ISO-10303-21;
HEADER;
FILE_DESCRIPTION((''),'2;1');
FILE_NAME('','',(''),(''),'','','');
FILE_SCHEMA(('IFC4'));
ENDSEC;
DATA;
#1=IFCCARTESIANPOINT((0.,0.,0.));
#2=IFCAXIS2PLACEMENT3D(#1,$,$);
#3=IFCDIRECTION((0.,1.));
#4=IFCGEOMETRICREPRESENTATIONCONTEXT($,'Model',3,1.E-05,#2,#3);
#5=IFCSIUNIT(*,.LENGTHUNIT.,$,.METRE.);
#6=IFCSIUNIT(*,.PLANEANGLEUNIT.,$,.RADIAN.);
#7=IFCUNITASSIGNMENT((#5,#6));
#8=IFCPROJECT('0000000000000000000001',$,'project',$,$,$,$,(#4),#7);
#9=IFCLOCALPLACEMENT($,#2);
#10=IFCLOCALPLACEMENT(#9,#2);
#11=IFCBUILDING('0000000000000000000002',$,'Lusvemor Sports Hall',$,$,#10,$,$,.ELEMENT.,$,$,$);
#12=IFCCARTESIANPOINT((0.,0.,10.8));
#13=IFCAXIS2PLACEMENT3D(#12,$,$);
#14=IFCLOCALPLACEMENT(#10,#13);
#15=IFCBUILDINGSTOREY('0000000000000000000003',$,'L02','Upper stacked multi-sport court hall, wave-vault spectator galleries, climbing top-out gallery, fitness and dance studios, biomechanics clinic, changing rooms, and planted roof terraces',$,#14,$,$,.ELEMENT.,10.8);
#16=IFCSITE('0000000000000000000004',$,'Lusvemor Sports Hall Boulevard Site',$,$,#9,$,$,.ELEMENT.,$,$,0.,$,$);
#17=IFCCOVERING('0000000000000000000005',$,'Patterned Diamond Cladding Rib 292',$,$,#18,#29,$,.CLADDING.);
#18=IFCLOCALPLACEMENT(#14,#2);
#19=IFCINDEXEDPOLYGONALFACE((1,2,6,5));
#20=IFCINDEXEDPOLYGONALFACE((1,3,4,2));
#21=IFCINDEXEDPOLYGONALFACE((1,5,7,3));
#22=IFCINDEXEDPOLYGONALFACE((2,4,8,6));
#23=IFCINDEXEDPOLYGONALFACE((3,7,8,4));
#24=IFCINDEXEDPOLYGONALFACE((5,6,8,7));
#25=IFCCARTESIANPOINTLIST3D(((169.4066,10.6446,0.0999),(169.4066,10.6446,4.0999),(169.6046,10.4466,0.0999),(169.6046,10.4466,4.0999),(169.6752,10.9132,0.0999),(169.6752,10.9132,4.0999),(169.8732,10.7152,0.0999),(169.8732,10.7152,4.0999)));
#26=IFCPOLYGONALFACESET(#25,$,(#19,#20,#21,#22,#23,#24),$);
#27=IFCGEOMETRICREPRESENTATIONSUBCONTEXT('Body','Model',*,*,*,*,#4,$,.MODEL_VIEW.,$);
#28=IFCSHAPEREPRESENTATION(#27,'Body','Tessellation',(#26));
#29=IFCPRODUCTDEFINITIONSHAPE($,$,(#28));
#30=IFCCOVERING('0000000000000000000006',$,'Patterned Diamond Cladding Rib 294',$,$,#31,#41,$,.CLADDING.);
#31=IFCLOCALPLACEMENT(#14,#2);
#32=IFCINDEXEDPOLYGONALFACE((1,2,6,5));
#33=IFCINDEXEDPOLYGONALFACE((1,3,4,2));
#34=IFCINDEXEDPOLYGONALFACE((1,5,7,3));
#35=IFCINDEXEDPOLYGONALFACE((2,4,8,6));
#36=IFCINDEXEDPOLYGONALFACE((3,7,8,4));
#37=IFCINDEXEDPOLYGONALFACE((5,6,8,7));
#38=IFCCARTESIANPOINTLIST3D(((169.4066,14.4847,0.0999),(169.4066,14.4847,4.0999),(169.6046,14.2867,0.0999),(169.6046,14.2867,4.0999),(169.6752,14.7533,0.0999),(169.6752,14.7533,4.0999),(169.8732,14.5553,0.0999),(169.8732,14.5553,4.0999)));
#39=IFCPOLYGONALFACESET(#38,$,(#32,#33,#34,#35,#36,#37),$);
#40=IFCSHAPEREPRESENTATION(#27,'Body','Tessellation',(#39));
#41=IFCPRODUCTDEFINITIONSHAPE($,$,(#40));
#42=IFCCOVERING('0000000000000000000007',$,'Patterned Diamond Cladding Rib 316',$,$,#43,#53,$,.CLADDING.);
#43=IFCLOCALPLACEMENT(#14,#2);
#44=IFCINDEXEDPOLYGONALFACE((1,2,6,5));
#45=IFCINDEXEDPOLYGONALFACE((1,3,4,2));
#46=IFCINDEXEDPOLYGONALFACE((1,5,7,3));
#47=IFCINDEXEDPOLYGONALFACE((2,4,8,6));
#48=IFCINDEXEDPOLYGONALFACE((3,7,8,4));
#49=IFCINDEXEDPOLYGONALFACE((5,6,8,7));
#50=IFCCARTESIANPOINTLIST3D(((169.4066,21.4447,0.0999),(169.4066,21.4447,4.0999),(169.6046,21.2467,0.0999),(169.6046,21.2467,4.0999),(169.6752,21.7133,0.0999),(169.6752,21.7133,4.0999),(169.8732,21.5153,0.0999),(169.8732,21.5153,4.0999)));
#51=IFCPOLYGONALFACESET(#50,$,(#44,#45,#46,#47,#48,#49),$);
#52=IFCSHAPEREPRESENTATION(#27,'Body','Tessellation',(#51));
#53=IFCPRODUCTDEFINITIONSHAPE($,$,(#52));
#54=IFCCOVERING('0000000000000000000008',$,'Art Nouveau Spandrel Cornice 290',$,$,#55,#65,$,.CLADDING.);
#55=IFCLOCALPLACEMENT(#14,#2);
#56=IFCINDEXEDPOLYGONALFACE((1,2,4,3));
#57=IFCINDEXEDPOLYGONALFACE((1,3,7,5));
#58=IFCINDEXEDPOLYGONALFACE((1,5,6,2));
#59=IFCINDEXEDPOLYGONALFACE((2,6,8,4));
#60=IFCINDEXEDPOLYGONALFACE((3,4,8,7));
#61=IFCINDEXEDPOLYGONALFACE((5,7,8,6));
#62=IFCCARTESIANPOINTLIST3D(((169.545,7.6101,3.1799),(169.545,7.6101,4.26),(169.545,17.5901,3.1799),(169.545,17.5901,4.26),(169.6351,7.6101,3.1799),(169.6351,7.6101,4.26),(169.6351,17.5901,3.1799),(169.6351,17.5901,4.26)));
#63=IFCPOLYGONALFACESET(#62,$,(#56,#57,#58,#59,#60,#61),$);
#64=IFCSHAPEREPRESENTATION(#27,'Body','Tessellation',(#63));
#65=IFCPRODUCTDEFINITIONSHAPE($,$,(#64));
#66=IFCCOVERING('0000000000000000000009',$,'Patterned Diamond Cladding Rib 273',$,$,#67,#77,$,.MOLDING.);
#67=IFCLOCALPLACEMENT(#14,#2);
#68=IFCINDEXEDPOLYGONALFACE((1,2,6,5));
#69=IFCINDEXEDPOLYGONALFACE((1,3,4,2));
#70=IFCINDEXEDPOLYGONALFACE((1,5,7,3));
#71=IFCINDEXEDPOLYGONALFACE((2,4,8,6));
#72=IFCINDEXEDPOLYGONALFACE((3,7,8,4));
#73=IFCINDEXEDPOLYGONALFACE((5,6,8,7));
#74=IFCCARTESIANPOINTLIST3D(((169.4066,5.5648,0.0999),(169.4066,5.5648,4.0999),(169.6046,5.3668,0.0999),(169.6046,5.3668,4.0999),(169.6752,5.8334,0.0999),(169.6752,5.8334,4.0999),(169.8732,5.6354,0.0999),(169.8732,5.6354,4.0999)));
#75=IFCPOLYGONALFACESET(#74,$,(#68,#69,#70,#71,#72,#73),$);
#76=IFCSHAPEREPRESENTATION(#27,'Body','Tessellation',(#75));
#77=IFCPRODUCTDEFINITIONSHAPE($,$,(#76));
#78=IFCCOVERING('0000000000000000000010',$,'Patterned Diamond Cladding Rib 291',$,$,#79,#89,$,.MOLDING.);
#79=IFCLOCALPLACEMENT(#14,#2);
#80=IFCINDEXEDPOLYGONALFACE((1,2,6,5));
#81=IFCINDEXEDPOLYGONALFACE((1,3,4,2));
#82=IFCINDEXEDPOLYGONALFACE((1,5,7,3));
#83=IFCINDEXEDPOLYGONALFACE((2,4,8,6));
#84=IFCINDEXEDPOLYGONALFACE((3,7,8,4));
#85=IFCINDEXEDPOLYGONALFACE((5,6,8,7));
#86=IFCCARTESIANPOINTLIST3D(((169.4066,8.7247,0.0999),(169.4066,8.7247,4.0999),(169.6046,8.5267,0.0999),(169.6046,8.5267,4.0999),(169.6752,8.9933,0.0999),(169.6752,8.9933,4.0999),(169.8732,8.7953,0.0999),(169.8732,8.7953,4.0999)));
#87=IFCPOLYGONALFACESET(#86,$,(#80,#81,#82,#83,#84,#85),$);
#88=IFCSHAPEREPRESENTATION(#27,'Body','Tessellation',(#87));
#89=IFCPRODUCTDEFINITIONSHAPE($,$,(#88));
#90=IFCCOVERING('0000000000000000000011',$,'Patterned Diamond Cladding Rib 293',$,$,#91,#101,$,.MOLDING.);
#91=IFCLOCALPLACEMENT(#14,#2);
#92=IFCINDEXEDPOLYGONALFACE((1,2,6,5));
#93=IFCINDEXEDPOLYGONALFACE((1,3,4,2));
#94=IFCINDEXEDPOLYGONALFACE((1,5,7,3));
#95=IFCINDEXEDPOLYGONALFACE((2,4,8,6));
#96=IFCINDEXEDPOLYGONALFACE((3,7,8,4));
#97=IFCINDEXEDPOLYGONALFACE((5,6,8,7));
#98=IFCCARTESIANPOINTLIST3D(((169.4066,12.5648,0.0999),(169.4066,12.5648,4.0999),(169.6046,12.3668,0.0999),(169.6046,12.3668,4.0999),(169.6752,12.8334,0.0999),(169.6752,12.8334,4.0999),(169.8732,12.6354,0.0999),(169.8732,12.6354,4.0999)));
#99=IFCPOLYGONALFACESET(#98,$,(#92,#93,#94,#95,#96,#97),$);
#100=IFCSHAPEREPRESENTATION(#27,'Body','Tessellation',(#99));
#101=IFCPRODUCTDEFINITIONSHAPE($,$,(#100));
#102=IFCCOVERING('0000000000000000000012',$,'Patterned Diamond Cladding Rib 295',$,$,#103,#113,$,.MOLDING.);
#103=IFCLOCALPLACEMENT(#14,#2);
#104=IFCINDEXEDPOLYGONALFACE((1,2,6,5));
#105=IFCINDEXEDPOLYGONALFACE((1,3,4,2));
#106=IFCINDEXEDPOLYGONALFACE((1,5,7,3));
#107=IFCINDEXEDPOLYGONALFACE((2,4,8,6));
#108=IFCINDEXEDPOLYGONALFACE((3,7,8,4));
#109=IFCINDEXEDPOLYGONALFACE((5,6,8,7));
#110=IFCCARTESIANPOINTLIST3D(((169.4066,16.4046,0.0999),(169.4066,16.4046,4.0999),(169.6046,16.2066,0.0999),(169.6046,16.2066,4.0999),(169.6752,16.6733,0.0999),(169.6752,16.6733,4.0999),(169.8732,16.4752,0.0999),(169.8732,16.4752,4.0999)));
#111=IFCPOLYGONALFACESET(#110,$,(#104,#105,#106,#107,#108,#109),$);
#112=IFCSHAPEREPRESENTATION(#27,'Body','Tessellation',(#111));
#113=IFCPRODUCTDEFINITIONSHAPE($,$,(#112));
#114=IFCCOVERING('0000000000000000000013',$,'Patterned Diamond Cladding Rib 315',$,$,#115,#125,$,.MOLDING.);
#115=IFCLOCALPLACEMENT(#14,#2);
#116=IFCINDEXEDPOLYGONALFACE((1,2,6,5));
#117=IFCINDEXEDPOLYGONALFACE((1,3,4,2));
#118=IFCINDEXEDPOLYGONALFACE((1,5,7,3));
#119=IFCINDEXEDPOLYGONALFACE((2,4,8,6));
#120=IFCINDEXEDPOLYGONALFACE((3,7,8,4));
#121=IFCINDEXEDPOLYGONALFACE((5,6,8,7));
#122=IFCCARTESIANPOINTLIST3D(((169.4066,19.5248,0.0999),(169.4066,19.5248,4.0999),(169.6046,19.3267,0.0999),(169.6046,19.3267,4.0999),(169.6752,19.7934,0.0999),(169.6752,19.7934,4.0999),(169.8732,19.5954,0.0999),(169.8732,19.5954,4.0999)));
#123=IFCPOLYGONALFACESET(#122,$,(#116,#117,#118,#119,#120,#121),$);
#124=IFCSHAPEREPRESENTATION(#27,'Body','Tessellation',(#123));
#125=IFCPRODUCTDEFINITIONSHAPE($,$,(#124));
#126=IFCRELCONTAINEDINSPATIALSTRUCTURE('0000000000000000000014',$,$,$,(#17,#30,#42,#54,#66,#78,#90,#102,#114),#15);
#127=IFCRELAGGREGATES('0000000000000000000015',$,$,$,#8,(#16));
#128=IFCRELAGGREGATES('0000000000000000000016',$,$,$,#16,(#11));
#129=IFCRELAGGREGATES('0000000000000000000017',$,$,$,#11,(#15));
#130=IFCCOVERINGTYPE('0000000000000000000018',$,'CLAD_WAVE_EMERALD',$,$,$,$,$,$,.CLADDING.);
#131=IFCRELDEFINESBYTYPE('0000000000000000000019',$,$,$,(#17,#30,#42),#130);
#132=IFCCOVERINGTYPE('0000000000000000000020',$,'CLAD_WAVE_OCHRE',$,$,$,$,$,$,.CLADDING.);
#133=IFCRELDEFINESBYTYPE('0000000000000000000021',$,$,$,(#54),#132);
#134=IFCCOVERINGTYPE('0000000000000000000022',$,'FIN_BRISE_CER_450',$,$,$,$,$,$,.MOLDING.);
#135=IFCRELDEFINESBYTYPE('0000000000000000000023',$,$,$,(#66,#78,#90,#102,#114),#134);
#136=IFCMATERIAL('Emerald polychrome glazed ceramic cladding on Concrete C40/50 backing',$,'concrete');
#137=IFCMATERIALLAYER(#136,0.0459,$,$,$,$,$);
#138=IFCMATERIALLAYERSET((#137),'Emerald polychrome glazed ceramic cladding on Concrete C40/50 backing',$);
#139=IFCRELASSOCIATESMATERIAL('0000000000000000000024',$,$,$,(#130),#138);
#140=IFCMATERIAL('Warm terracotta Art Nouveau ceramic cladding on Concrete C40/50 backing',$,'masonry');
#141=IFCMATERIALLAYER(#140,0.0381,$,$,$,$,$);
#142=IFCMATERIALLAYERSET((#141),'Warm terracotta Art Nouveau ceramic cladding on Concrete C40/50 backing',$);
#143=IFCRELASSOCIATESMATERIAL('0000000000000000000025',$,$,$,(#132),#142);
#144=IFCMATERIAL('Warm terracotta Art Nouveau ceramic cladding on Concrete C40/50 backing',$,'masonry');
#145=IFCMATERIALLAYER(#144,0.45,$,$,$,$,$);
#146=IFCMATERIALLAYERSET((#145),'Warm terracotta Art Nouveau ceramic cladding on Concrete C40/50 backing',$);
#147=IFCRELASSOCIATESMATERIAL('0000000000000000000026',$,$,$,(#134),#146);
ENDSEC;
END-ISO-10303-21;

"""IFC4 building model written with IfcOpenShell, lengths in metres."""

from ifc_helpers import new_model, si_unit, direction, frame, origin, origin_2d, place, context, subcontext, project, spatial, rectangle, extrude, material, layer, layer_set, type_object, element, save


model = new_model("IFC4")

# Units and contexts
model_context = context("Model", 3, precision=1e-05, world=origin(), true_north=direction((0.0, 1.0)))
body_context = subcontext(model_context, "Body", "Model", "MODEL_VIEW")
ifc_project = project(units=[si_unit("LENGTHUNIT", "METRE"), si_unit("PLANEANGLEUNIT", "RADIAN")], contexts=[model_context])

# Site, building, storey
site_placement = place(None, origin())
site = spatial("IfcSite", under=ifc_project, at=site_placement, Name="Lusvemor Sports Hall Boulevard Site", CompositionType="ELEMENT", RefElevation=0.0)
building_placement = place(site_placement, origin())
building = spatial("IfcBuilding", under=site, at=building_placement, Name="Lusvemor Sports Hall", CompositionType="ELEMENT")
storey_placement = place(building_placement, frame((0.0, 0.0, 10.8)))
storey = spatial("IfcBuildingStorey", under=building, at=storey_placement, Name="L02", Description="Upper stacked multi-sport court hall, wave-vault spectator galleries, climbing top-out gallery, fitness and dance studios, biomechanics clinic, changing rooms, and planted roof terraces", CompositionType="ELEMENT", Elevation=10.8)

# Coverings
ifc_material_1 = material(Name="Emerald polychrome glazed ceramic cladding on Concrete C40/50 backing", Category="concrete")
ifc_layer_1 = layer(ifc_material_1, 0.0459)
ifc_layer_set_1 = layer_set([ifc_layer_1], Name="Emerald polychrome glazed ceramic cladding on Concrete C40/50 backing")
covering_type_1 = type_object("IfcCoveringType", Name="CLAD_WAVE_EMERALD", PredefinedType="CLADDING", material=ifc_layer_set_1)
for number, where, z_axis, x_axis, name in (
    (1, (169.6399, 10.6799, 0.0999), (0.0, 0.0, 1.0), (0.707107, 0.707107, 0.0), "Patterned Diamond Cladding Rib 292"),
    (2, (169.6399, 14.52, 0.0999), (0.0, 0.0, 1.0), (0.707107, 0.707107, 0.0), "Patterned Diamond Cladding Rib 294"),
    (3, (169.6399, 21.48, 0.0999), (0.0, 0.0, 1.0), (0.707107, 0.707107, 0.0), "Patterned Diamond Cladding Rib 316"),
):
    element("IfcCovering", number, at=place(storey_placement, frame(where, z_axis=z_axis, x_axis=x_axis)), inside=storey, type_object=covering_type_1, Name=name, PredefinedType="CLADDING", context=body_context, shape_type="SweptSolid", body=[
        extrude(rectangle(XDim=0.3799, YDim=0.28, at=origin_2d()), origin(), (0.0, 0.0, 1.0), 4.0),
    ])
ifc_material_2 = material(Name="Warm terracotta Art Nouveau ceramic cladding on Concrete C40/50 backing", Category="masonry")
ifc_layer_2 = layer(ifc_material_2, 0.0381)
ifc_layer_set_2 = layer_set([ifc_layer_2], Name="Warm terracotta Art Nouveau ceramic cladding on Concrete C40/50 backing")
covering_type_2 = type_object("IfcCoveringType", Name="CLAD_WAVE_OCHRE", PredefinedType="CLADDING", material=ifc_layer_set_2)
covering_placement = place(storey_placement, frame((169.5901, 12.6001, 3.1799), z_axis=(0.0, 0.0, 1.0), x_axis=(1.0, 0.0, 0.0)))
element("IfcCovering", 4, at=covering_placement, inside=storey, type_object=covering_type_2, Name="Art Nouveau Spandrel Cornice 290", PredefinedType="CLADDING", context=body_context, shape_type="SweptSolid", body=[
    extrude(rectangle(XDim=0.0901, YDim=9.98, at=origin_2d()), origin(), (0.0, 0.0, 1.0), 1.0801),
])
ifc_material_3 = material(Name="Warm terracotta Art Nouveau ceramic cladding on Concrete C40/50 backing", Category="masonry")
ifc_layer_3 = layer(ifc_material_3, 0.45)
ifc_layer_set_3 = layer_set([ifc_layer_3], Name="Warm terracotta Art Nouveau ceramic cladding on Concrete C40/50 backing")
covering_type_3 = type_object("IfcCoveringType", Name="FIN_BRISE_CER_450", PredefinedType="MOLDING", material=ifc_layer_set_3)
for number, where, z_axis, x_axis, name in (
    (5, (169.6399, 5.6001, 0.0999), (0.0, 0.0, 1.0), (0.707107, 0.707107, 0.0), "Patterned Diamond Cladding Rib 273"),
    (6, (169.6399, 8.76, 0.0999), (0.0, 0.0, 1.0), (0.707107, 0.707107, 0.0), "Patterned Diamond Cladding Rib 291"),
    (7, (169.6399, 12.6001, 0.0999), (0.0, 0.0, 1.0), (0.707107, 0.707107, 0.0), "Patterned Diamond Cladding Rib 293"),
    (8, (169.6399, 16.4399, 0.0999), (0.0, 0.0, 1.0), (0.707107, 0.707107, 0.0), "Patterned Diamond Cladding Rib 295"),
    (9, (169.6399, 19.5601, 0.0999), (0.0, 0.0, 1.0), (0.707107, 0.707107, 0.0), "Patterned Diamond Cladding Rib 315"),
):
    element("IfcCovering", number, at=place(storey_placement, frame(where, z_axis=z_axis, x_axis=x_axis)), inside=storey, type_object=covering_type_3, Name=name, PredefinedType="MOLDING", context=body_context, shape_type="SweptSolid", body=[
        extrude(rectangle(XDim=0.3799, YDim=0.28, at=origin_2d()), origin(), (0.0, 0.0, 1.0), 4.0),
    ])

save(model, "model.ifc")
